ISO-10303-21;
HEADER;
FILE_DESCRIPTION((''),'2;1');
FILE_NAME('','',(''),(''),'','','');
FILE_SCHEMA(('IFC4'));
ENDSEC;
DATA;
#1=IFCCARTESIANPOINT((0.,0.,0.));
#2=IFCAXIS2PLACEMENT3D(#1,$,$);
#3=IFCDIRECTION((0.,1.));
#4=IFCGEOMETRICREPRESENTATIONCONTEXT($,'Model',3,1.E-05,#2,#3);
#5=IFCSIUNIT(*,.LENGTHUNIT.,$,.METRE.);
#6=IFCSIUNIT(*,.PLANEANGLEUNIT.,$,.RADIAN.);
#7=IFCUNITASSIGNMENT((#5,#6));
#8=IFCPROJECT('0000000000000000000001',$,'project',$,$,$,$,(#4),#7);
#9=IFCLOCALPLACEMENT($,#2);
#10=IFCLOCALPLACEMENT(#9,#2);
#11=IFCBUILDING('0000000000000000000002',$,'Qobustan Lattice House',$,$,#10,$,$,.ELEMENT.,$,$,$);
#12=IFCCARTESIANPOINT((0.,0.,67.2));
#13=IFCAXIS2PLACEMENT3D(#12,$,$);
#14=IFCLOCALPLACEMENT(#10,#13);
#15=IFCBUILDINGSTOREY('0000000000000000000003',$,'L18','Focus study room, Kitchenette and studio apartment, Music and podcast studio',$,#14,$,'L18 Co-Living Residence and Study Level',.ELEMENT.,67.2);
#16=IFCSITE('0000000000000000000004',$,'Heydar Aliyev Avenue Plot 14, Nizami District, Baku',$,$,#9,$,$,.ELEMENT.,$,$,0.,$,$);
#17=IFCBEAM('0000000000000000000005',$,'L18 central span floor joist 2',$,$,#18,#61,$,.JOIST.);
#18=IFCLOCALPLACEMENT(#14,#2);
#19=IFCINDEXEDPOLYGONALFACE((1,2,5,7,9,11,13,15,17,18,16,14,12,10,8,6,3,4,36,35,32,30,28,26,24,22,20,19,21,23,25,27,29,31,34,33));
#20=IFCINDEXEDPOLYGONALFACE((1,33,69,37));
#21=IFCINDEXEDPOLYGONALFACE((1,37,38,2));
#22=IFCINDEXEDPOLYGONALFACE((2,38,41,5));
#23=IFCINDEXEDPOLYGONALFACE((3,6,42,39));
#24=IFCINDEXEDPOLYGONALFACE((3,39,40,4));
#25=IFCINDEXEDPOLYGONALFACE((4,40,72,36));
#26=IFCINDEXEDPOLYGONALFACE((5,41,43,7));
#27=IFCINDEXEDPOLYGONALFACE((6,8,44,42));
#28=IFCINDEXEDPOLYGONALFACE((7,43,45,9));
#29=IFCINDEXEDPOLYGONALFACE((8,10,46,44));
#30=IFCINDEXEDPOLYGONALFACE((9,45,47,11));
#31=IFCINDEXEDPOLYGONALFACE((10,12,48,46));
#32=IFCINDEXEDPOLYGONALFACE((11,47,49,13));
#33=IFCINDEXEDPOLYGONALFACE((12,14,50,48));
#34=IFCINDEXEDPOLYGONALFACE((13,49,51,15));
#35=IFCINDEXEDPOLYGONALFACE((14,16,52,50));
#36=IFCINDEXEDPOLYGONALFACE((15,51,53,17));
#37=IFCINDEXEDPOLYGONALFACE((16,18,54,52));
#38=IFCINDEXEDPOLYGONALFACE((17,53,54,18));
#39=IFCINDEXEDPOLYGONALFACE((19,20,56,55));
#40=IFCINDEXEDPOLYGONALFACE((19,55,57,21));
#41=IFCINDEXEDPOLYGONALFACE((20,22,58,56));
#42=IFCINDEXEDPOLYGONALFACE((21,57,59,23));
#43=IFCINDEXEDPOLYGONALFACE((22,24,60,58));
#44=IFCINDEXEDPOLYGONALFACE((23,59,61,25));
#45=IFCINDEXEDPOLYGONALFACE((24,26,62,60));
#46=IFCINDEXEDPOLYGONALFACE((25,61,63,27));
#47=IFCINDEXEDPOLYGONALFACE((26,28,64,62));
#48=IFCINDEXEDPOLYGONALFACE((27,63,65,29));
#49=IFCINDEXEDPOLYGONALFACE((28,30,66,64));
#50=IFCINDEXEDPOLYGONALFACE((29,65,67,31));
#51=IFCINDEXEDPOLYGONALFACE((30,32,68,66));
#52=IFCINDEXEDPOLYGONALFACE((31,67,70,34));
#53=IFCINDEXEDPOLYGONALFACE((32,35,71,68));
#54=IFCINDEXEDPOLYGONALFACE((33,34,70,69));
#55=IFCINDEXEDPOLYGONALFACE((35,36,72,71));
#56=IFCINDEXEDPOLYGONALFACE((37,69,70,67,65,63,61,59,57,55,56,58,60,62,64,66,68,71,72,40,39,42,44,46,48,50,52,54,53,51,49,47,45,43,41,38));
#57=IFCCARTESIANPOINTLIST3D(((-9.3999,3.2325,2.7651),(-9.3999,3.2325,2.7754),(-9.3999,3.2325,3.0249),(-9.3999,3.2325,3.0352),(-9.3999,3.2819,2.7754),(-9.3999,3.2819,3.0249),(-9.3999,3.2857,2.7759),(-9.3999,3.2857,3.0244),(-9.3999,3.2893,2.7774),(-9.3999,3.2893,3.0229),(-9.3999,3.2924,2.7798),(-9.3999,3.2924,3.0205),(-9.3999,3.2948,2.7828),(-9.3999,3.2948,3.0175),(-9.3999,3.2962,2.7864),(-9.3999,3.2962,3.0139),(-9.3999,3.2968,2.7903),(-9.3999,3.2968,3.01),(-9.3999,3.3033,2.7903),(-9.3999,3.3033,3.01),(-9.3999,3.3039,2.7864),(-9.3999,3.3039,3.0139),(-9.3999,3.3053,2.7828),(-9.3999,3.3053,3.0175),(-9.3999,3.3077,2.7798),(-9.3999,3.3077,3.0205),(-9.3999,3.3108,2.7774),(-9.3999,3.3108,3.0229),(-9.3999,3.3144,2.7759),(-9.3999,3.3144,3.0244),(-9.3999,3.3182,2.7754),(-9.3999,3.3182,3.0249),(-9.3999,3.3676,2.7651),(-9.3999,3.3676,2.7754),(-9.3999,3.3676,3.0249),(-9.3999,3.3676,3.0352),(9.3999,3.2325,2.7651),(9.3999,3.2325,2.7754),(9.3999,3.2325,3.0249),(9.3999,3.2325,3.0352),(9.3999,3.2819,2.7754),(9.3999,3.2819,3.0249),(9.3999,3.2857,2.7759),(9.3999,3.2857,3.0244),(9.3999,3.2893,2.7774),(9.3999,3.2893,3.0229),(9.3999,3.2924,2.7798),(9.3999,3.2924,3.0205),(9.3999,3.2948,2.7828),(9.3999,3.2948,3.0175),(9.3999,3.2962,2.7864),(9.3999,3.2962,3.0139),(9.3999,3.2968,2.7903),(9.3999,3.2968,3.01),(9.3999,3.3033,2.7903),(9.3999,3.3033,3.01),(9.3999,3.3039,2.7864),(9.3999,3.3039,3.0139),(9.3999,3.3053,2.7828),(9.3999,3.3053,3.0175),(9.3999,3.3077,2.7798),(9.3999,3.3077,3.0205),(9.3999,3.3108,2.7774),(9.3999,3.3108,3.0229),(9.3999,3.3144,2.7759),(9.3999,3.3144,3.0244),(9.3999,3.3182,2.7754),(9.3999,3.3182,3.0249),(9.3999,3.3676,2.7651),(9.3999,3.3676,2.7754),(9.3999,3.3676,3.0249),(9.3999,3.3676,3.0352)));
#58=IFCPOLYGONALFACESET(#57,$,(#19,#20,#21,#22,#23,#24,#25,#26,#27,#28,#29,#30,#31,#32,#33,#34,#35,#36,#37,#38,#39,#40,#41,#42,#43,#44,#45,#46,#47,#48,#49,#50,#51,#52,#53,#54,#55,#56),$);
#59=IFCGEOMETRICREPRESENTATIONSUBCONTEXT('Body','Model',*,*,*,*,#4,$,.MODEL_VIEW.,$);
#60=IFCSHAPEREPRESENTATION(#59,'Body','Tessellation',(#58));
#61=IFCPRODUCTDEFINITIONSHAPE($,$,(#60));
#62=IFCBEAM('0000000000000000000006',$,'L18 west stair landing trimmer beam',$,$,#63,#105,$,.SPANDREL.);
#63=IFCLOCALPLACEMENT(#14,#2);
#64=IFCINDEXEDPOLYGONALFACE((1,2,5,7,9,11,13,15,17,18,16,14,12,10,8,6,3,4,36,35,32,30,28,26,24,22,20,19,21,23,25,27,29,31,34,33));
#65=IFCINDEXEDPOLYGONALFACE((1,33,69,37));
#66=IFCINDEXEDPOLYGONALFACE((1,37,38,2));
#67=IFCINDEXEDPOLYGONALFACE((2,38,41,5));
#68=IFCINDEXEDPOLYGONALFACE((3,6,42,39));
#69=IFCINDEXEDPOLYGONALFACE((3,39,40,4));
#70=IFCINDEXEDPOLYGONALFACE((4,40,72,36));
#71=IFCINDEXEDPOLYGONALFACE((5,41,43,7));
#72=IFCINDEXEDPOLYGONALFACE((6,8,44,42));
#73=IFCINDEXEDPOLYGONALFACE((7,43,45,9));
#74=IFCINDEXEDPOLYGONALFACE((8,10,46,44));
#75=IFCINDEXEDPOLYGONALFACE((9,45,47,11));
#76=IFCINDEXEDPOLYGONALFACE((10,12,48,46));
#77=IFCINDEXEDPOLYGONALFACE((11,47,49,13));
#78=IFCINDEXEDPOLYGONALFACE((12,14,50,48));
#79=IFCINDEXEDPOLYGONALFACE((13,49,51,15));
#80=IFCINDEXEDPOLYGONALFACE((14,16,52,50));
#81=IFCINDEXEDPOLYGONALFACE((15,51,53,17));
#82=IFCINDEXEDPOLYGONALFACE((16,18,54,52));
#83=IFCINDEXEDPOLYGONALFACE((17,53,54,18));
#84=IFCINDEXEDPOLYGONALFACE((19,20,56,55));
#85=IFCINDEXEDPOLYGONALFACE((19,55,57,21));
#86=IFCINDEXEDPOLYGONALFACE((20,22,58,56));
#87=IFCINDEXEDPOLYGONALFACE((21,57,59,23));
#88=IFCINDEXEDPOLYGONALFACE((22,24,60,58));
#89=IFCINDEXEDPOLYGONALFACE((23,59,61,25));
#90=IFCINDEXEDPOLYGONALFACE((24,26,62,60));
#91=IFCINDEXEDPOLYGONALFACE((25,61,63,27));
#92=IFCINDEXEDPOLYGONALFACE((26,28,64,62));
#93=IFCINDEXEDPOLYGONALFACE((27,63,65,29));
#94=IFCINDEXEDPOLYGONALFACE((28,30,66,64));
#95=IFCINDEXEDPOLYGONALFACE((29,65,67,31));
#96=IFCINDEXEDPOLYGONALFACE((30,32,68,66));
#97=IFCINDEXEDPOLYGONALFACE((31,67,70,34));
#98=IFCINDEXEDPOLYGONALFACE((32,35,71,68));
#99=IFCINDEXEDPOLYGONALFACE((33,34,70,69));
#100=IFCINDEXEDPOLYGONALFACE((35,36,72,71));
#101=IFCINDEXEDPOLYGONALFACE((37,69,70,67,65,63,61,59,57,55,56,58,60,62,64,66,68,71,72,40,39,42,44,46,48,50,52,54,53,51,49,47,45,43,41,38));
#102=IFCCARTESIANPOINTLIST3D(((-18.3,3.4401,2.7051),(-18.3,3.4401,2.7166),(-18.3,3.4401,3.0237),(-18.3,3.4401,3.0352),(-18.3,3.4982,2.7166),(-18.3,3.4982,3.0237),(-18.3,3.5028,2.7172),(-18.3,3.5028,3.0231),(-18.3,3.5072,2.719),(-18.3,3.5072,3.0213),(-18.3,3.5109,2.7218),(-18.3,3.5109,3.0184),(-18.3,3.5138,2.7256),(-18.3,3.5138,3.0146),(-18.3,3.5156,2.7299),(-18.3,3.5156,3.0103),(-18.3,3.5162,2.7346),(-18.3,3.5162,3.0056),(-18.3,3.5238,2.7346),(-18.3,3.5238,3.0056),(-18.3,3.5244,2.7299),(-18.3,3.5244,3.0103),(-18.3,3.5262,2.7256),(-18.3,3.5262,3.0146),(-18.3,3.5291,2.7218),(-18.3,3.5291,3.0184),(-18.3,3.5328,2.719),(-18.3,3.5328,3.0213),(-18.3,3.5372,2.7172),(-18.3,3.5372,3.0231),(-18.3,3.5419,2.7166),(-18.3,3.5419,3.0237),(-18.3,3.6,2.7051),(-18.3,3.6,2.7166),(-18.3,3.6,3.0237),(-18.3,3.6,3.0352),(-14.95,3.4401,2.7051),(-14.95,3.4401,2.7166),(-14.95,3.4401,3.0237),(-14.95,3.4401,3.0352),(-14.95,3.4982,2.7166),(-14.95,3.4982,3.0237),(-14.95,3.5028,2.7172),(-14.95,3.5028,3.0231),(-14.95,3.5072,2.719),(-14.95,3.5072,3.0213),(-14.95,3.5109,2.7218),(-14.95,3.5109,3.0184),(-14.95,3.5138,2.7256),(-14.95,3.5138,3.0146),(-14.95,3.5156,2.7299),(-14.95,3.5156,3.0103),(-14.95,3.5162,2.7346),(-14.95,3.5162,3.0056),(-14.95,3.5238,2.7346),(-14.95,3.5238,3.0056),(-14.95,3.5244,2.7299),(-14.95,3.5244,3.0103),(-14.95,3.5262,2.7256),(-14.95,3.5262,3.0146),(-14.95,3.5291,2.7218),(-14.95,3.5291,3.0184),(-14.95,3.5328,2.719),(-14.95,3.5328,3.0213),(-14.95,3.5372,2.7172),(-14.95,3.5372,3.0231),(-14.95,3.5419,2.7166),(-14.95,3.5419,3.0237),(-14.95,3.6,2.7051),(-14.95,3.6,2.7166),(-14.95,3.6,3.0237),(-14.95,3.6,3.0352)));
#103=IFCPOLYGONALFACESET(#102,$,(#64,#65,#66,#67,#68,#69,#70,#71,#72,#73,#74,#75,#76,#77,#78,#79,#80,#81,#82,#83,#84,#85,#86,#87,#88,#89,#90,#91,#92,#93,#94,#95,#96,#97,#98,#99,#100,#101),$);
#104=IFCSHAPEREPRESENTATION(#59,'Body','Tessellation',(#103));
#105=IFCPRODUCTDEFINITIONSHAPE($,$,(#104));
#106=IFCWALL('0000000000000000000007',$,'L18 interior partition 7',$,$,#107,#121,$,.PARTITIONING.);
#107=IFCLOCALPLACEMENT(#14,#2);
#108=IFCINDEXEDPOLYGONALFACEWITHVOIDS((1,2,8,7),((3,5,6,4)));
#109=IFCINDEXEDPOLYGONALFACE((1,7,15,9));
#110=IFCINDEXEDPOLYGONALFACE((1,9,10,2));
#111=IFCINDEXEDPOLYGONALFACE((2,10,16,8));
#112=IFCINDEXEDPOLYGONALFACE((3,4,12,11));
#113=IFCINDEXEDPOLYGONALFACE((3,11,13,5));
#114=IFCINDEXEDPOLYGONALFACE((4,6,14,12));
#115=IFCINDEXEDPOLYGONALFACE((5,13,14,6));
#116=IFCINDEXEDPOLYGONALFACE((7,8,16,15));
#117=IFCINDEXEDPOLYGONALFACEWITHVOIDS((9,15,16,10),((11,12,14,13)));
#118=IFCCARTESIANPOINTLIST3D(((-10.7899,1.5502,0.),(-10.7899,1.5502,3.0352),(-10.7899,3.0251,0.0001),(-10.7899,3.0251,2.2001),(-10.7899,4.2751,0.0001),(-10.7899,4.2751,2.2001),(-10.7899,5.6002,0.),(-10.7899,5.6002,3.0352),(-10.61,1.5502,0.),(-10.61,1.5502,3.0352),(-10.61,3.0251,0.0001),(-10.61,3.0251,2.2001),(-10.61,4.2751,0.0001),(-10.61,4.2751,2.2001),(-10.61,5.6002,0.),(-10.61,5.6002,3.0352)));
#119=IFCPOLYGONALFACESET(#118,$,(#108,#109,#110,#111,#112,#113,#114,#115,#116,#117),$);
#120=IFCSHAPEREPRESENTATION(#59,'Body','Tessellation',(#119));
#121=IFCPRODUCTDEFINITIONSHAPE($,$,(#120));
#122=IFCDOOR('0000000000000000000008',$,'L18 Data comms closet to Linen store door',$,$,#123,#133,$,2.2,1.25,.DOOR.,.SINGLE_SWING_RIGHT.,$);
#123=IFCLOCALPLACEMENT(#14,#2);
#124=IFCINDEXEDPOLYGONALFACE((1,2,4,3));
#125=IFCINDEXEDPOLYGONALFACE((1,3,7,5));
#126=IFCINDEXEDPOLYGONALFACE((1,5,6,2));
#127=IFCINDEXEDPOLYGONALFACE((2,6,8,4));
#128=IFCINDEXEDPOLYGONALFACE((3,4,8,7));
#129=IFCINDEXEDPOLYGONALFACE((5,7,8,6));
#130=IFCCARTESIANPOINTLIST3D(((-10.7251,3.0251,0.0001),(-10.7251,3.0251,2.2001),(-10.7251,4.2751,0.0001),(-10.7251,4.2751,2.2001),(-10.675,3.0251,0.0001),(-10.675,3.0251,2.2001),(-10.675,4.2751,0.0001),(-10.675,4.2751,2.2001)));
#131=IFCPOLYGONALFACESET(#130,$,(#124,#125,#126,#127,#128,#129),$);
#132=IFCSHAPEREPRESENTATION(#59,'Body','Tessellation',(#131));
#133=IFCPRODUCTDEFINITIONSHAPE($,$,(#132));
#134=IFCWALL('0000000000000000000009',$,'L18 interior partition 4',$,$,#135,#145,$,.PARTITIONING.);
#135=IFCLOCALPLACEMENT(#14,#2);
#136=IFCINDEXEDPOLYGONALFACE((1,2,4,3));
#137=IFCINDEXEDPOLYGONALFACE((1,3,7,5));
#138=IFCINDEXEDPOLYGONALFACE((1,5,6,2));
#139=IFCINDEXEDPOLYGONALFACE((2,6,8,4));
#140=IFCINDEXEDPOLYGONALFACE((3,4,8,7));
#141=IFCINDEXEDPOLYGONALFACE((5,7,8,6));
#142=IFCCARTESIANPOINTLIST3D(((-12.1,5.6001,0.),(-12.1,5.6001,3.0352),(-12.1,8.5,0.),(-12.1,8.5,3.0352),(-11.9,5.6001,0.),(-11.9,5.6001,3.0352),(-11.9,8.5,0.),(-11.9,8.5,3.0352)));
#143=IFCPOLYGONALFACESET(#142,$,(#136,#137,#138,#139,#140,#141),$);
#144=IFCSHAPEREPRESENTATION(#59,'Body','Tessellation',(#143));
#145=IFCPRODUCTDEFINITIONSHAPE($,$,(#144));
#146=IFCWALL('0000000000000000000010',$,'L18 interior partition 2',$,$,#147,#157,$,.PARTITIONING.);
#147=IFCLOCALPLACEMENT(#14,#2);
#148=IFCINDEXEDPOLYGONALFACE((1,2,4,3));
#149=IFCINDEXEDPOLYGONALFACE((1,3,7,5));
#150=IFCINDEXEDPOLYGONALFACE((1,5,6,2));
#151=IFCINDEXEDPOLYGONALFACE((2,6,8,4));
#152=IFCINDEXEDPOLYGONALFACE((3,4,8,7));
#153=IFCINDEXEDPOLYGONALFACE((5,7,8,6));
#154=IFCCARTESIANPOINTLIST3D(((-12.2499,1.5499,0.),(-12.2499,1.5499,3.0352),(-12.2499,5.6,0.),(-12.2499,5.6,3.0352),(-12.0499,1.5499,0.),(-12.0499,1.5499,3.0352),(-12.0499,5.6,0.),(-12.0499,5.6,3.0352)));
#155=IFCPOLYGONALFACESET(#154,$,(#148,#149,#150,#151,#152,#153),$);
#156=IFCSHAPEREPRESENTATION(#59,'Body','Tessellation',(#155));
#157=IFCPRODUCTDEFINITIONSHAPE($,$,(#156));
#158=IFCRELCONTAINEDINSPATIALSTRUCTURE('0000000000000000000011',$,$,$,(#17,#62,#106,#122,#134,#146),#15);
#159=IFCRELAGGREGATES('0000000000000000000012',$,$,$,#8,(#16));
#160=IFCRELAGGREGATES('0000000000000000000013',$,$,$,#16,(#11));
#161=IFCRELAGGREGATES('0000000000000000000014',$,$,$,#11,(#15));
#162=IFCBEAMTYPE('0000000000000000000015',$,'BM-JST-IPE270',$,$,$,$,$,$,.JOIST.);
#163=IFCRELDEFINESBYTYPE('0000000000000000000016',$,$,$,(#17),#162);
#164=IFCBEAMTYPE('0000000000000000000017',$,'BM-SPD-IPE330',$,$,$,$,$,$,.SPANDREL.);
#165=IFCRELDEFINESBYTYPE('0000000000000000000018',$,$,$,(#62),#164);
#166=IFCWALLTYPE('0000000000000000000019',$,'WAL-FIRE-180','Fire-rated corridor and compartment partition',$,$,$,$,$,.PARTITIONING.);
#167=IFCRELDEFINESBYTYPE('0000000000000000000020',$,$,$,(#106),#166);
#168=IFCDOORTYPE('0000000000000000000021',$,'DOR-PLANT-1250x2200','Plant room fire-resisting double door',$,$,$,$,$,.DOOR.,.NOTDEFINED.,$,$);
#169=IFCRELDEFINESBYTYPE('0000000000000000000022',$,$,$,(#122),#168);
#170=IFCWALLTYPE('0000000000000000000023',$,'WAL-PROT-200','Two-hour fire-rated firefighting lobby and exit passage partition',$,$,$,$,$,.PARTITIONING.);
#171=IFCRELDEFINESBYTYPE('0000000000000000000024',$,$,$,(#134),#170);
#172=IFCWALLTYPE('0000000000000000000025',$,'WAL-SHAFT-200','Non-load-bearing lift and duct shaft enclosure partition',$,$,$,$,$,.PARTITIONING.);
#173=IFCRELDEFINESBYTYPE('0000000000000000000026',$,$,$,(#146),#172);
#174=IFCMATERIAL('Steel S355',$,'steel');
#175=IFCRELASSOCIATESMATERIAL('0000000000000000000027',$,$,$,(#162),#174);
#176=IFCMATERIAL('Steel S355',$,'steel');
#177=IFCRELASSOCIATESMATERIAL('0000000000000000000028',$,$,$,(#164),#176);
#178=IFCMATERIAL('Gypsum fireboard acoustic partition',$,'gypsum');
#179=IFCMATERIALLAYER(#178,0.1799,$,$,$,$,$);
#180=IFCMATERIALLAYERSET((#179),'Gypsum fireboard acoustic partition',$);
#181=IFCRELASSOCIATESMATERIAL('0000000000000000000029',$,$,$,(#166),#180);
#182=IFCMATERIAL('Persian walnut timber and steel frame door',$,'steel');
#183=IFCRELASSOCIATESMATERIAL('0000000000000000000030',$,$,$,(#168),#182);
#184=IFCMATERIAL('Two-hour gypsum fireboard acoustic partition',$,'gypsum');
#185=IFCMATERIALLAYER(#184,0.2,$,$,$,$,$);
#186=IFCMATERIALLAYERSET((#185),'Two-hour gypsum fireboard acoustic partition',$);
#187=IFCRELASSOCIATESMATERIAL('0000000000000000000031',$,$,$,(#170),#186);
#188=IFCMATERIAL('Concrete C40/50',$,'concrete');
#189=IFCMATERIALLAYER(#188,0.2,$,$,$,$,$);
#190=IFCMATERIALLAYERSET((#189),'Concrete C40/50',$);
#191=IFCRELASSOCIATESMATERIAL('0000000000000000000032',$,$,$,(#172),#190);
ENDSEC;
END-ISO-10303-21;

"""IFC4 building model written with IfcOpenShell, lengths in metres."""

from ifc_helpers import new_model, si_unit, direction, frame, frame_2d, origin, origin_2d, place, context, subcontext, project, spatial, rectangle, i_section, extrude, material, layer, layer_set, material_profile, profile_set, type_object, element, fill, save


model = new_model("IFC4")

# Units and contexts
model_context = context("Model", 3, precision=1e-05, world=origin(), true_north=direction((0.0, 1.0)))
body_context = subcontext(model_context, "Body", "Model", "MODEL_VIEW")
ifc_project = project(units=[si_unit("LENGTHUNIT", "METRE"), si_unit("PLANEANGLEUNIT", "RADIAN")], contexts=[model_context])

# Site, building, storey
site_placement = place(None, origin())
site = spatial("IfcSite", under=ifc_project, at=site_placement, Name="Heydar Aliyev Avenue Plot 14, Nizami District, Baku", CompositionType="ELEMENT", RefElevation=0.0)
building_placement = place(site_placement, origin())
building = spatial("IfcBuilding", under=site, at=building_placement, Name="Qobustan Lattice House", CompositionType="ELEMENT")
storey_placement = place(building_placement, frame((0.0, 0.0, 67.2)))
storey = spatial("IfcBuildingStorey", under=building, at=storey_placement, Name="L18", Description="Focus study room, Kitchenette and studio apartment, Music and podcast studio", LongName="L18 Co-Living Residence and Study Level", CompositionType="ELEMENT", Elevation=67.2)

# Beams
ifc_material_1 = material(Name="Steel S355", Category="steel")
ifc_material_profile_1 = material_profile(ifc_material_1, i_section(OverallWidth=0.135, OverallDepth=0.27, WebThickness=0.0066, FlangeThickness=0.0103, FilletRadius=0.0149, at=origin_2d()), Name="IPE270")
ifc_profile_set_1 = profile_set([ifc_material_profile_1], Name="Steel S355")
beam_type_1 = type_object("IfcBeamType", Name="BM-JST-IPE270", PredefinedType="JOIST", material=ifc_profile_set_1)
beam_1_placement = place(storey_placement, frame((-9.3999, 3.3, 2.9001), z_axis=(1.0, 0.0, 0.0), x_axis=(0.0, 1.0, 0.0)))
element("IfcBeam", 1, at=beam_1_placement, inside=storey, type_object=beam_type_1, Name="L18 central span floor joist 2", PredefinedType="JOIST", context=body_context, shape_type="SweptSolid", body=[
    extrude(i_section(OverallWidth=0.135, OverallDepth=0.27, WebThickness=0.0066, FlangeThickness=0.0103, FilletRadius=0.0149, at=origin_2d()), origin(), (0.0, 0.0, 1.0), 18.7998),
])
ifc_material_2 = material(Name="Steel S355", Category="steel")
ifc_material_profile_2 = material_profile(ifc_material_2, i_section(OverallWidth=0.1599, OverallDepth=0.3301, WebThickness=0.0076, FlangeThickness=0.0115, FilletRadius=0.0181, at=origin_2d()), Name="IPE330")
ifc_profile_set_2 = profile_set([ifc_material_profile_2], Name="Steel S355")
beam_type_2 = type_object("IfcBeamType", Name="BM-SPD-IPE330", PredefinedType="SPANDREL", material=ifc_profile_set_2)
beam_2_placement = place(storey_placement, frame((-18.3, 3.52, 2.8701), z_axis=(1.0, 0.0, 0.0), x_axis=(0.0, 1.0, 0.0)))
element("IfcBeam", 2, at=beam_2_placement, inside=storey, type_object=beam_type_2, Name="L18 west stair landing trimmer beam", PredefinedType="SPANDREL", context=body_context, shape_type="SweptSolid", body=[
    extrude(i_section(OverallWidth=0.1599, OverallDepth=0.3301, WebThickness=0.0076, FlangeThickness=0.0115, FilletRadius=0.0181, at=origin_2d()), origin(), (0.0, 0.0, 1.0), 3.3501),
])

# Wall, opening, door
ifc_material_3 = material(Name="Gypsum fireboard acoustic partition", Category="gypsum")
ifc_layer_1 = layer(ifc_material_3, 0.1799)
ifc_layer_set_1 = layer_set([ifc_layer_1], Name="Gypsum fireboard acoustic partition")
wall_type_1 = type_object("IfcWallType", Name="WAL-FIRE-180", Description="Fire-rated corridor and compartment partition", PredefinedType="PARTITIONING", material=ifc_layer_set_1)
wall_1_placement = place(storey_placement, frame((-10.7, 5.6001, 0.0), z_axis=(0.0, 0.0, 1.0), x_axis=(0.0, -1.0, 0.0)))
wall_1 = element("IfcWall", 3, at=wall_1_placement, inside=storey, type_object=wall_type_1, Name="L18 interior partition 7", PredefinedType="PARTITIONING", context=body_context, shape_type="SweptSolid", body=[
    extrude(rectangle(XDim=4.05, YDim=0.1799, at=frame_2d((2.0249, 0.0))), origin(), (0.0, 0.0, 1.0), 3.0352),
])
opening_1_placement = place(wall_1_placement, frame((1.325, 0.0, 0.0)))
opening_1 = element("IfcOpeningElement", 4, at=opening_1_placement, cuts=wall_1, PredefinedType="OPENING", context=body_context, shape_type="SweptSolid", body=[
    extrude(rectangle(XDim=1.25, YDim=2.2, at=frame_2d((0.625, 1.1001))), frame((0.0, 0.0999, 0.0), z_axis=(0.0, -1.0, 0.0), x_axis=(1.0, 0.0, 0.0)), (0.0, 0.0, 1.0), 0.2),
])
ifc_material_4 = material(Name="Persian walnut timber and steel frame door", Category="steel")
door_type_1 = type_object("IfcDoorType", Name="DOR-PLANT-1250x2200", Description="Plant room fire-resisting double door", OperationType="NOTDEFINED", PredefinedType="DOOR", material=ifc_material_4)
door_1_placement = place(opening_1_placement, origin())
door_1 = element("IfcDoor", 5, at=door_1_placement, inside=storey, type_object=door_type_1, Name="L18 Data comms closet to Linen store door", OperationType="SINGLE_SWING_RIGHT", OverallHeight=2.2, OverallWidth=1.25, PredefinedType="DOOR", context=body_context, shape_type="SweptSolid", body=[
    extrude(rectangle(XDim=1.25, YDim=2.2, at=frame_2d((0.625, 1.1001))), frame((0.0, 0.0249, 0.0), z_axis=(0.0, -1.0, 0.0), x_axis=(1.0, 0.0, 0.0)), (0.0, 0.0, 1.0), 0.05),
])
fill(opening_1, door_1)

# Walls
ifc_material_5 = material(Name="Two-hour gypsum fireboard acoustic partition", Category="gypsum")
ifc_layer_2 = layer(ifc_material_5, 0.2)
ifc_layer_set_2 = layer_set([ifc_layer_2], Name="Two-hour gypsum fireboard acoustic partition")
wall_type_2 = type_object("IfcWallType", Name="WAL-PROT-200", Description="Two-hour fire-rated firefighting lobby and exit passage partition", PredefinedType="PARTITIONING", material=ifc_layer_set_2)
wall_2_placement = place(storey_placement, frame((-12.0, 5.6001, 0.0), z_axis=(0.0, 0.0, 1.0), x_axis=(0.0, 1.0, 0.0)))
element("IfcWall", 6, at=wall_2_placement, inside=storey, type_object=wall_type_2, Name="L18 interior partition 4", PredefinedType="PARTITIONING", context=body_context, shape_type="SweptSolid", body=[
    extrude(rectangle(XDim=2.8999, YDim=0.2, at=frame_2d((1.45, 0.0))), origin(), (0.0, 0.0, 1.0), 3.0352),
])
ifc_material_6 = material(Name="Concrete C40/50", Category="concrete")
ifc_layer_3 = layer(ifc_material_6, 0.2)
ifc_layer_set_3 = layer_set([ifc_layer_3], Name="Concrete C40/50")
wall_type_3 = type_object("IfcWallType", Name="WAL-SHAFT-200", Description="Non-load-bearing lift and duct shaft enclosure partition", PredefinedType="PARTITIONING", material=ifc_layer_set_3)
wall_3_placement = place(storey_placement, frame((-12.1499, 1.55, 0.0), z_axis=(0.0, 0.0, 1.0), x_axis=(0.0, 1.0, 0.0)))
element("IfcWall", 7, at=wall_3_placement, inside=storey, type_object=wall_type_3, Name="L18 interior partition 2", PredefinedType="PARTITIONING", context=body_context, shape_type="SweptSolid", body=[
    extrude(rectangle(XDim=4.05, YDim=0.2, at=frame_2d((2.0249, 0.0))), origin(), (0.0, 0.0, 1.0), 3.0352),
])

save(model, "model.ifc")
